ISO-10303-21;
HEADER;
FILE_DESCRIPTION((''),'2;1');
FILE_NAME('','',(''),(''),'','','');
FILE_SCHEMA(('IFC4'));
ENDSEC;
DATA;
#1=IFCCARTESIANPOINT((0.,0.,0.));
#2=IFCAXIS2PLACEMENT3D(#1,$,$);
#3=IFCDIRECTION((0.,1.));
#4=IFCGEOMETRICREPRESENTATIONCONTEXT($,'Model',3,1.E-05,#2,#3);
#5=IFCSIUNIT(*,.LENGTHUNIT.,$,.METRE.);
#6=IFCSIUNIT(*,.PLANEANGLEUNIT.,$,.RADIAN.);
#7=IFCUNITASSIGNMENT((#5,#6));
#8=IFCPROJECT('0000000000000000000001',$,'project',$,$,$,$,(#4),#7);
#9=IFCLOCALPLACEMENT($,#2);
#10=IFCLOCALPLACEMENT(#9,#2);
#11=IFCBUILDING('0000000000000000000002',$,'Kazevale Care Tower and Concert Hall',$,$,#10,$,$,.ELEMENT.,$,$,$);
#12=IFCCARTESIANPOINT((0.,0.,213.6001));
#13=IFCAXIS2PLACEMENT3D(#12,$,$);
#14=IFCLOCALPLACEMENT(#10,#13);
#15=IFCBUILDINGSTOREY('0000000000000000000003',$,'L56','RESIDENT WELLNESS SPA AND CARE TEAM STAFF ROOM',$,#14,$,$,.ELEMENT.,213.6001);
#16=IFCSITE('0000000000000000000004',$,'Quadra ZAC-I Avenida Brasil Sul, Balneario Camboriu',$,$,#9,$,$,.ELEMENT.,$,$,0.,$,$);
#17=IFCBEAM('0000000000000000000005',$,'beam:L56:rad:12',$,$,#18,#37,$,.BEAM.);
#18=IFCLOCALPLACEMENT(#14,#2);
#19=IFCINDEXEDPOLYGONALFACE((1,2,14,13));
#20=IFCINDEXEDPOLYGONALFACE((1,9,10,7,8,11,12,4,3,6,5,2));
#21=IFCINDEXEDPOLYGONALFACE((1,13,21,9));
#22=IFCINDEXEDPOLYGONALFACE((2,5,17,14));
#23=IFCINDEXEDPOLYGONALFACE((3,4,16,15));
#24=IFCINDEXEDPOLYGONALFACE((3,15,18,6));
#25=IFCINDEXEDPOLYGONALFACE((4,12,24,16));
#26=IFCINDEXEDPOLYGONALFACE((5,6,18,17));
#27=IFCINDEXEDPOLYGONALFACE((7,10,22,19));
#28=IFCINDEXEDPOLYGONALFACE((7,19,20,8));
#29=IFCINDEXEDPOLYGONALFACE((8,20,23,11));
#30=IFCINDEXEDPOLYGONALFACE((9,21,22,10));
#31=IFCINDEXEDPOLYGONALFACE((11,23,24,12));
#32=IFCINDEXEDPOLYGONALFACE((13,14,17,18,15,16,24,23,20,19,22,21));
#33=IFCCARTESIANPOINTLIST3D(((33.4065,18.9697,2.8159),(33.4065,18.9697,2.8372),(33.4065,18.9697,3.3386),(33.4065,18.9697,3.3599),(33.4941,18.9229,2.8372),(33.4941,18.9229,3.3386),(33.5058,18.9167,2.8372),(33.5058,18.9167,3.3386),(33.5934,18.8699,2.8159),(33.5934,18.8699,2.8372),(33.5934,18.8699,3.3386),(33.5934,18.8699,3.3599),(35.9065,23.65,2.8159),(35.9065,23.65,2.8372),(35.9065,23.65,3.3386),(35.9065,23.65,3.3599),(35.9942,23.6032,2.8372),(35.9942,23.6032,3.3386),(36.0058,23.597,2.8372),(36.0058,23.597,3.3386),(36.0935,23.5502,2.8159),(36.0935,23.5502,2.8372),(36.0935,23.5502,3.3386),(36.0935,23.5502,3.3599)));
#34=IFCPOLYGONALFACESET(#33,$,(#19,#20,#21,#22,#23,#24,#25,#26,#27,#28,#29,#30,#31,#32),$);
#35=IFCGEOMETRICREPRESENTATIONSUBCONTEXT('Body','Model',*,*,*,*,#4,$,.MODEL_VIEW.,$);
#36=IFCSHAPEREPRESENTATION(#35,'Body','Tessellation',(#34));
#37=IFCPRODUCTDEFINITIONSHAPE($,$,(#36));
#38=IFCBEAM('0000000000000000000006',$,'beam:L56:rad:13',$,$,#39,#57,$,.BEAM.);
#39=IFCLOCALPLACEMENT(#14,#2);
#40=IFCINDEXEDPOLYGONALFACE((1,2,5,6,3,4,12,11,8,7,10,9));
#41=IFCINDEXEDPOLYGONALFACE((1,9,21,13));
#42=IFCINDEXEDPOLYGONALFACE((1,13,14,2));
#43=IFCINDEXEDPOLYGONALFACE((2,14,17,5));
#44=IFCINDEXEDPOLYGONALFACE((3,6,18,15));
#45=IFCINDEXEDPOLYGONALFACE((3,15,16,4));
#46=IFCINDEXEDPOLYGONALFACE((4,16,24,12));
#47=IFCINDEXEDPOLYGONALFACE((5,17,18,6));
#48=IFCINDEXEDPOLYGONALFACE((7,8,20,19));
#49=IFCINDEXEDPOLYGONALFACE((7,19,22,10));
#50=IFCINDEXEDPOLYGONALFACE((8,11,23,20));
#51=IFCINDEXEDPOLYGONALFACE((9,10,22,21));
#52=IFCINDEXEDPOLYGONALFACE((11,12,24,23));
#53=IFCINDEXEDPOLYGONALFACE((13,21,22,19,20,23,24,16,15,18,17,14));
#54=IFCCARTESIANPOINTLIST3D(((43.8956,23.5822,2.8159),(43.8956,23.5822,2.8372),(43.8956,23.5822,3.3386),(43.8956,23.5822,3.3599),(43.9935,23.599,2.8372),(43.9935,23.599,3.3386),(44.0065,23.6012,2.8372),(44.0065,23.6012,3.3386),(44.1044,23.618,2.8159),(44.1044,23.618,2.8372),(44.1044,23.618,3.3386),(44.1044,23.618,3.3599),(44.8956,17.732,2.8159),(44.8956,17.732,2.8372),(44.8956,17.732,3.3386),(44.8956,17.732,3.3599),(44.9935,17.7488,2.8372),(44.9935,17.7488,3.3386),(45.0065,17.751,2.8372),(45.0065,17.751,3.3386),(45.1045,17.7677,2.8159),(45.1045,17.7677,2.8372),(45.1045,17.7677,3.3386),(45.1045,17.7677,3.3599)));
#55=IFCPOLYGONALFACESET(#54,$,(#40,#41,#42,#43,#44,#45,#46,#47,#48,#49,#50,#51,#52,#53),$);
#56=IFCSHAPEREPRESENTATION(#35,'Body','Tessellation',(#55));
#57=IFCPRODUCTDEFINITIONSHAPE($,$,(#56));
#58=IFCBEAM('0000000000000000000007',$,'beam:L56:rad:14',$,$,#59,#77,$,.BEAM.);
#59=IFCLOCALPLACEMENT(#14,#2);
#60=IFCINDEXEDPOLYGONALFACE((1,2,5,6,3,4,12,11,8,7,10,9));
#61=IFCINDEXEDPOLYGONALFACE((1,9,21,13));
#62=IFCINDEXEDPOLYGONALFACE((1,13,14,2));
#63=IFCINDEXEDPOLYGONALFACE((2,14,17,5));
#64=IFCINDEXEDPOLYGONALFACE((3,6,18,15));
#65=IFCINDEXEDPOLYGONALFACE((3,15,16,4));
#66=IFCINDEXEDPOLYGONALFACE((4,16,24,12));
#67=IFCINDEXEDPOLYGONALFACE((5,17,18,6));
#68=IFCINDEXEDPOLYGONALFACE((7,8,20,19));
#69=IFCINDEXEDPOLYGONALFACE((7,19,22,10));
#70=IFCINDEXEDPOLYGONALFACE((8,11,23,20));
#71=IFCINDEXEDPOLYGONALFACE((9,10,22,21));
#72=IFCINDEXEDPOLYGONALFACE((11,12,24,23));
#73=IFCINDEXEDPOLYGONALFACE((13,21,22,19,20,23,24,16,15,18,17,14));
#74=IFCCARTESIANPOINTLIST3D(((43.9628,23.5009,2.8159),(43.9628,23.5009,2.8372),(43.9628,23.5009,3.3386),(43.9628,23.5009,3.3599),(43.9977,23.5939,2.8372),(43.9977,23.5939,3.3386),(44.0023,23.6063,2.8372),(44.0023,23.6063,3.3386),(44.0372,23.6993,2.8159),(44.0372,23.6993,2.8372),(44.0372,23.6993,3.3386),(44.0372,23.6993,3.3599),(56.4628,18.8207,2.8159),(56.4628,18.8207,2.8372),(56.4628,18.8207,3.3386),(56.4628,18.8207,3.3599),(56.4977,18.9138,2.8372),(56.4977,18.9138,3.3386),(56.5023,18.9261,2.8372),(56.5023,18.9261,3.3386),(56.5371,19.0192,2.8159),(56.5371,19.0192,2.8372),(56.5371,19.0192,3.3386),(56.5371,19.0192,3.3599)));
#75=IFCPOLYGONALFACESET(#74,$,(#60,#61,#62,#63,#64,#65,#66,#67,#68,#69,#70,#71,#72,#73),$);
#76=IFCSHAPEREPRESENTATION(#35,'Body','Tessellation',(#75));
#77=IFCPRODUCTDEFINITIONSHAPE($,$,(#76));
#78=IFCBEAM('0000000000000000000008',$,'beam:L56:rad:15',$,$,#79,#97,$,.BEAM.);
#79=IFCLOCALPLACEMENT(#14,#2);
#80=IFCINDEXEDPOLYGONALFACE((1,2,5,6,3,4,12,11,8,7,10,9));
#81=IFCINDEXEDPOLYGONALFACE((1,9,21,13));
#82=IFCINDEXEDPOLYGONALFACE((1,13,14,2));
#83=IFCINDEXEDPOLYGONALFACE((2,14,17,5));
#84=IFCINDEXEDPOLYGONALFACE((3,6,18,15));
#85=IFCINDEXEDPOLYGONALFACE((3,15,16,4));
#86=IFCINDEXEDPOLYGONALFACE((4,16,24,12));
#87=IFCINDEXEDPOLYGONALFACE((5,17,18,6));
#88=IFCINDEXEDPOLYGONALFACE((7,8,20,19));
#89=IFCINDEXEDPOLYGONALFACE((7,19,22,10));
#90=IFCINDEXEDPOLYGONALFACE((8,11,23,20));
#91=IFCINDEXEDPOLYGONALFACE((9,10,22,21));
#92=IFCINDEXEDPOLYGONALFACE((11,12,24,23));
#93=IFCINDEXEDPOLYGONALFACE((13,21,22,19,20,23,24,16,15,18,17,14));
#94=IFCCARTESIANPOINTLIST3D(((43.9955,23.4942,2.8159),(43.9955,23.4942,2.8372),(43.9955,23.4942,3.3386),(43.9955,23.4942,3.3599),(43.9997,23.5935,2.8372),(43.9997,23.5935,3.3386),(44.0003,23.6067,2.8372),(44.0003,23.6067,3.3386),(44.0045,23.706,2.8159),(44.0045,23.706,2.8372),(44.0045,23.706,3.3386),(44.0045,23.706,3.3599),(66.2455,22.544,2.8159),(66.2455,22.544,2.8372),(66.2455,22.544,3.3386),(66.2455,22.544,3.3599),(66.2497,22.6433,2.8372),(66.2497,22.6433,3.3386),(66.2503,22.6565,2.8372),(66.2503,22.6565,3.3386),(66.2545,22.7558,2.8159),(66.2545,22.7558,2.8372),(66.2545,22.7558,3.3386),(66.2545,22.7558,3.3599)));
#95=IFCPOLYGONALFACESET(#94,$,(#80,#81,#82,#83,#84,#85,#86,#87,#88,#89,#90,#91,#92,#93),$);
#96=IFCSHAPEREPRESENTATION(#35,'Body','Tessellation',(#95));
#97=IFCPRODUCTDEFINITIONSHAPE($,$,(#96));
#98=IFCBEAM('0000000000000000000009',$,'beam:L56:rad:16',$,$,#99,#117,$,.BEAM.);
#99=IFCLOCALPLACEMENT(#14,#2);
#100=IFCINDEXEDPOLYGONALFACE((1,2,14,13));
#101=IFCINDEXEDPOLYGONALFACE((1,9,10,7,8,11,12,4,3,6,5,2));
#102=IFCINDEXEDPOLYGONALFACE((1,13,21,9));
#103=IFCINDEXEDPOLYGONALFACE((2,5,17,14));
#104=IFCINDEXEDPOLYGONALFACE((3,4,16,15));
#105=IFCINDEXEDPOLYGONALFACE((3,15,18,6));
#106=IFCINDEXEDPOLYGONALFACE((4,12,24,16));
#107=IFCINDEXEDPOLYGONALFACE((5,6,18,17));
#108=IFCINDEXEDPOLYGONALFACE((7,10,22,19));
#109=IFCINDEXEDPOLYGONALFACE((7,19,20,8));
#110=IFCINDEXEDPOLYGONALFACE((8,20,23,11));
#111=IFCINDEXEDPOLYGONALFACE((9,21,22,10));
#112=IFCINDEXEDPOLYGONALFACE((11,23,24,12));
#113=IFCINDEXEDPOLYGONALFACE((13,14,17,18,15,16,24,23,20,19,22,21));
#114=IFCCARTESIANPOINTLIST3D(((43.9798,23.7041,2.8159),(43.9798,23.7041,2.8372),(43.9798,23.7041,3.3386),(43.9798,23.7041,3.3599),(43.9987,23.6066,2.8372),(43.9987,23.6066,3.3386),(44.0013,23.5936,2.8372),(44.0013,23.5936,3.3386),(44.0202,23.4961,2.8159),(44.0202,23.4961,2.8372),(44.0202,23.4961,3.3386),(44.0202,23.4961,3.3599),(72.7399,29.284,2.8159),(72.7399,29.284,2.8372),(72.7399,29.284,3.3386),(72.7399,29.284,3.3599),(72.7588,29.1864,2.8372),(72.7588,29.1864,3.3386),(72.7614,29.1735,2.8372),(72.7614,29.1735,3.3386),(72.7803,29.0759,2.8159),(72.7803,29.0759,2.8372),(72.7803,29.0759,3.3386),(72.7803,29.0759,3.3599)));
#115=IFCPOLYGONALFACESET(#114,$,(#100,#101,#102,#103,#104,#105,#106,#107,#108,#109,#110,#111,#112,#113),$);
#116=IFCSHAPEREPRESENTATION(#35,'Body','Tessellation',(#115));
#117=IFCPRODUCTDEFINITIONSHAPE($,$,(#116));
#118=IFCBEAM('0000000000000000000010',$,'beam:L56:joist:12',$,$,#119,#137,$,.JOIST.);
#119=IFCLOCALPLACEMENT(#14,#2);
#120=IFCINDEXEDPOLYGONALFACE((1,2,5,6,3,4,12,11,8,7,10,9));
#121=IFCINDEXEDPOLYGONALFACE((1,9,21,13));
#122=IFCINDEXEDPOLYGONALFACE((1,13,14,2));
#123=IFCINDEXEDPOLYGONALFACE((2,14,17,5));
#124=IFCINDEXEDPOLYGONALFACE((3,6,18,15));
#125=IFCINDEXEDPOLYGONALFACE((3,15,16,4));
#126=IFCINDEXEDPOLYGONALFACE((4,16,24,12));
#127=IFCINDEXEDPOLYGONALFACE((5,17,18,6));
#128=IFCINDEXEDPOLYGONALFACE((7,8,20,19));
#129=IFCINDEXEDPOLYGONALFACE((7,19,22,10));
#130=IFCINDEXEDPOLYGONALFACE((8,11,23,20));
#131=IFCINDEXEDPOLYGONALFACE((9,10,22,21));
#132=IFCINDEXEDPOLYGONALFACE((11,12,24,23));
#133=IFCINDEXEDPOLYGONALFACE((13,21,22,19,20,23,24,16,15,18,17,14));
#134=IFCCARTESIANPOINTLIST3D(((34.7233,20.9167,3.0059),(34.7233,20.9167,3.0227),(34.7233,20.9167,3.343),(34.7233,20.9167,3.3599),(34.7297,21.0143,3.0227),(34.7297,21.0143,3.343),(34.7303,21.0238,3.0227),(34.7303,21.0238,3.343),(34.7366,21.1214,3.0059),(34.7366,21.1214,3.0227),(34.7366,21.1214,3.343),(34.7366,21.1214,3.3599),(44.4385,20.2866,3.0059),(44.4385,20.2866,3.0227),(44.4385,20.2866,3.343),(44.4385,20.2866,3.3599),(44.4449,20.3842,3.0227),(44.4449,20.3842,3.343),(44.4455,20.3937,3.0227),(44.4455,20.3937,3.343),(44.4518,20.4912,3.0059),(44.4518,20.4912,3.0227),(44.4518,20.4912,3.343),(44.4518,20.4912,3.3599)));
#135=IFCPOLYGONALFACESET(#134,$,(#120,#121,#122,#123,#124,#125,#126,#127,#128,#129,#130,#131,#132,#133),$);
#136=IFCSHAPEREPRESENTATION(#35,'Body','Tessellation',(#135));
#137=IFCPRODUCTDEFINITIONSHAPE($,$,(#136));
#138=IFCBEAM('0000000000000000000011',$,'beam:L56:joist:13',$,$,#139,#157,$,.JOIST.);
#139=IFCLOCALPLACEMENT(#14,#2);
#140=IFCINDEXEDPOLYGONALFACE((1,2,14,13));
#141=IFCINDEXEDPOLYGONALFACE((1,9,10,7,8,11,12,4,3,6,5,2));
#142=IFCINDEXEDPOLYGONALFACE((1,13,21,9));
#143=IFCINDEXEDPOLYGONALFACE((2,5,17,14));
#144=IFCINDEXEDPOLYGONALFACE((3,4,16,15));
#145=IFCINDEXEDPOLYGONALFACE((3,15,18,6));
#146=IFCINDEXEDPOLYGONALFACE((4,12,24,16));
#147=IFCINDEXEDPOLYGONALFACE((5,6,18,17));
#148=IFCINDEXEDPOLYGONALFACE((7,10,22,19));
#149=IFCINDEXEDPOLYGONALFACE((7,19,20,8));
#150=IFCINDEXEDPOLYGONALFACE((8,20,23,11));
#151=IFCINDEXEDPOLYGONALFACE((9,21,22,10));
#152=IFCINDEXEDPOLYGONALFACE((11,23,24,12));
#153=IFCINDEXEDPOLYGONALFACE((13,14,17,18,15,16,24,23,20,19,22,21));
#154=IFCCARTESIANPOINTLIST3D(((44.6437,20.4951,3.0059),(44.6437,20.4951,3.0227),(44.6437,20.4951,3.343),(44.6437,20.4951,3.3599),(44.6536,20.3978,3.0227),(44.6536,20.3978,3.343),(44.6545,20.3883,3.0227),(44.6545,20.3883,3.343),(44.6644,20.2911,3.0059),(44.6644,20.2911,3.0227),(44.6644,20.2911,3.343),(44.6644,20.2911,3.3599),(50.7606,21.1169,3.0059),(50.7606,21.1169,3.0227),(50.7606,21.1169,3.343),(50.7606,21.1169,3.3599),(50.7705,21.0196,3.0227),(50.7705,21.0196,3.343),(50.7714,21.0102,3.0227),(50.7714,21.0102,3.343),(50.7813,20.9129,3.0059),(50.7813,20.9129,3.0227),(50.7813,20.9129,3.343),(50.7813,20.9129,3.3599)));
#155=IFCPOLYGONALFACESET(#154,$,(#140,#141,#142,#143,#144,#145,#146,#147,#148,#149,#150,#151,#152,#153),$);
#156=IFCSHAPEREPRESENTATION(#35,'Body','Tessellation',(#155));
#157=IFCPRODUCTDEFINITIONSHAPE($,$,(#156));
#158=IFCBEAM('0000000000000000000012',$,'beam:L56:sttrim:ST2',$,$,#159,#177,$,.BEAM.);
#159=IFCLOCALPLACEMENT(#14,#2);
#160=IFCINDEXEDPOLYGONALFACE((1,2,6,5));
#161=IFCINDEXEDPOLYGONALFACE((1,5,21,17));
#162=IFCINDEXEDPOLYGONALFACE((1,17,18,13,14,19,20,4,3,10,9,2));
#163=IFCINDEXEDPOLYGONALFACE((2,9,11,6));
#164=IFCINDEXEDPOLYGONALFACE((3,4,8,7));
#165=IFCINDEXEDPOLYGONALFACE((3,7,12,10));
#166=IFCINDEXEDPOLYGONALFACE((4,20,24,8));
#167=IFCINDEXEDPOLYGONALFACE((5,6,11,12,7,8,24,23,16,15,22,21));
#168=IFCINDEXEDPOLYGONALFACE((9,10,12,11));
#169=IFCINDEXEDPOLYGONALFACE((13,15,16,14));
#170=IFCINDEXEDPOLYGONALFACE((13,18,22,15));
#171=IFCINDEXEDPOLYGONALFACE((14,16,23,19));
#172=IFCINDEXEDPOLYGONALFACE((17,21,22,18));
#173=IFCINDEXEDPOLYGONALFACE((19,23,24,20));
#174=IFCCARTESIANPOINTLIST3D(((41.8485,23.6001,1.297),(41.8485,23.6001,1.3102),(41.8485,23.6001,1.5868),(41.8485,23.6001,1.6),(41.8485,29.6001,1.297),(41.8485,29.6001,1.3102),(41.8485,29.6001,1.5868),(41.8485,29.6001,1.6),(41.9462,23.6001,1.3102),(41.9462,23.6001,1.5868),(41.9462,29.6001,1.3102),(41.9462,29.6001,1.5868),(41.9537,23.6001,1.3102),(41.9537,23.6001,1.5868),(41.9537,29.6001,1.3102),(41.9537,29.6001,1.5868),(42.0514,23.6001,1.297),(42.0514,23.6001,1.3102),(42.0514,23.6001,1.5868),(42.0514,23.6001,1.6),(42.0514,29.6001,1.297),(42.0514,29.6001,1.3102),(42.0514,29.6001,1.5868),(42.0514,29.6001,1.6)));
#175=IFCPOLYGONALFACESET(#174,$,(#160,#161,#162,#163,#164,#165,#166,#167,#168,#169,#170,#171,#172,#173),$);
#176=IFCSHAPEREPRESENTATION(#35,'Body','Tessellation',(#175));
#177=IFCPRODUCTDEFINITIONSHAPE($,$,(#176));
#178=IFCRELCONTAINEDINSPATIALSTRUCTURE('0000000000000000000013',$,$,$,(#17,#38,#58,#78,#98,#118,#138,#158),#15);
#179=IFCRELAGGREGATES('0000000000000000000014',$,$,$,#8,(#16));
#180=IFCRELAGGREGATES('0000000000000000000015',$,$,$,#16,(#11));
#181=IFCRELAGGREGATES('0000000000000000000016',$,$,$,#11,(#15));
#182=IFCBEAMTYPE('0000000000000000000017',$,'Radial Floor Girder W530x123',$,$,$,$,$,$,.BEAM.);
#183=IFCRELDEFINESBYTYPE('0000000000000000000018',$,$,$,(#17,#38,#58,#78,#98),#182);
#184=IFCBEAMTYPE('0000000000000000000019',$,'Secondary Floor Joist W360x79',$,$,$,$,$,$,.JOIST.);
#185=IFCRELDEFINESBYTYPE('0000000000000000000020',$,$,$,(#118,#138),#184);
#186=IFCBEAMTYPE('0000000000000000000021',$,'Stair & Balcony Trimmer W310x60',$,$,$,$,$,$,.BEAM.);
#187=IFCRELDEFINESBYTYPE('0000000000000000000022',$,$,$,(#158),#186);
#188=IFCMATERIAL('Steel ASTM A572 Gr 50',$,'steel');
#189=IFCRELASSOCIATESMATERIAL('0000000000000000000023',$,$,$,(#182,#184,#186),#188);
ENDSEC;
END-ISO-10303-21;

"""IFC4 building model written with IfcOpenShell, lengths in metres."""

from ifc_helpers import new_model, si_unit, direction, frame, origin, origin_2d, place, context, subcontext, project, spatial, i_section, extrude, material, material_profile, profile_set, type_object, element, save


model = new_model("IFC4")

# Units and contexts
model_context = context("Model", 3, precision=1e-05, world=origin(), true_north=direction((0.0, 1.0)))
body_context = subcontext(model_context, "Body", "Model", "MODEL_VIEW")
ifc_project = project(units=[si_unit("LENGTHUNIT", "METRE"), si_unit("PLANEANGLEUNIT", "RADIAN")], contexts=[model_context])

# Site, building, storey
site_placement = place(None, origin())
site = spatial("IfcSite", under=ifc_project, at=site_placement, Name="Quadra ZAC-I Avenida Brasil Sul, Balneario Camboriu", CompositionType="ELEMENT", RefElevation=0.0)
building_placement = place(site_placement, origin())
building = spatial("IfcBuilding", under=site, at=building_placement, Name="Kazevale Care Tower and Concert Hall", CompositionType="ELEMENT")
storey_placement = place(building_placement, frame((0.0, 0.0, 213.6001)))
storey = spatial("IfcBuildingStorey", under=building, at=storey_placement, Name="L56", Description="RESIDENT WELLNESS SPA AND CARE TEAM STAFF ROOM", CompositionType="ELEMENT", Elevation=213.6001)

# Beams
ifc_material_1 = material(Name="Steel ASTM A572 Gr 50", Category="steel")
ifc_material_profile_1 = material_profile(ifc_material_1, i_section(OverallWidth=0.2119, OverallDepth=0.5439, WebThickness=0.0132, FlangeThickness=0.0212, at=origin_2d()), Name="W530x123")
ifc_profile_set_1 = profile_set([ifc_material_profile_1], Name="Steel ASTM A572 Gr 50")
beam_type_1 = type_object("IfcBeamType", Name="Radial Floor Girder W530x123", PredefinedType="BEAM", material=ifc_profile_set_1)
beam_1_placement = place(storey_placement, frame((36.0, 23.6001, 3.0879), z_axis=(-0.471161, -0.882047, 0.0), x_axis=(0.882047, -0.471161, 0.0)))
element("IfcBeam", 1, at=beam_1_placement, inside=storey, type_object=beam_type_1, Name="beam:L56:rad:12", PredefinedType="BEAM", context=body_context, shape_type="SweptSolid", body=[
    extrude(i_section(OverallWidth=0.2119, OverallDepth=0.5439, WebThickness=0.0132, FlangeThickness=0.0212, at=origin_2d()), origin(), (0.0, 0.0, 1.0), 5.3062),
])
beam_2_placement = place(storey_placement, frame((44.0, 23.6001, 3.0879), z_axis=(0.168493, -0.985703, 0.0), x_axis=(0.985703, 0.168493, 0.0)))
element("IfcBeam", 2, at=beam_2_placement, inside=storey, type_object=beam_type_1, Name="beam:L56:rad:13", PredefinedType="BEAM", context=body_context, shape_type="SweptSolid", body=[
    extrude(i_section(OverallWidth=0.2119, OverallDepth=0.5439, WebThickness=0.0132, FlangeThickness=0.0212, at=origin_2d()), origin(), (0.0, 0.0, 1.0), 5.9351),
])
beam_3_placement = place(storey_placement, frame((44.0, 23.6001, 3.0879), z_axis=(0.936509, -0.350642, 0.0), x_axis=(0.350642, 0.936509, 0.0)))
element("IfcBeam", 3, at=beam_3_placement, inside=storey, type_object=beam_type_1, Name="beam:L56:rad:14", PredefinedType="BEAM", context=body_context, shape_type="SweptSolid", body=[
    extrude(i_section(OverallWidth=0.2119, OverallDepth=0.5439, WebThickness=0.0132, FlangeThickness=0.0212, at=origin_2d()), origin(), (0.0, 0.0, 1.0), 13.3474),
])
beam_4_placement = place(storey_placement, frame((44.0, 23.6001, 3.0879), z_axis=(0.999089, -0.042667, 0.0), x_axis=(0.042667, 0.999089, 0.0)))
element("IfcBeam", 4, at=beam_4_placement, inside=storey, type_object=beam_type_1, Name="beam:L56:rad:15", PredefinedType="BEAM", context=body_context, shape_type="SweptSolid", body=[
    extrude(i_section(OverallWidth=0.2119, OverallDepth=0.5439, WebThickness=0.0132, FlangeThickness=0.0212, at=origin_2d()), origin(), (0.0, 0.0, 1.0), 22.2703),
])
beam_5_placement = place(storey_placement, frame((44.0, 23.6001, 3.0879), z_axis=(0.981695, 0.190462, 0.0), x_axis=(-0.190462, 0.981695, 0.0)))
element("IfcBeam", 5, at=beam_5_placement, inside=storey, type_object=beam_type_1, Name="beam:L56:rad:16", PredefinedType="BEAM", context=body_context, shape_type="SweptSolid", body=[
    extrude(i_section(OverallWidth=0.2119, OverallDepth=0.5439, WebThickness=0.0132, FlangeThickness=0.0212, at=origin_2d()), origin(), (0.0, 0.0, 1.0), 29.2964),
])
ifc_material_profile_2 = material_profile(ifc_material_1, i_section(OverallWidth=0.2051, OverallDepth=0.354, WebThickness=0.0095, FlangeThickness=0.0168, at=origin_2d()), Name="W360x79")
ifc_profile_set_2 = profile_set([ifc_material_profile_2], Name="Steel ASTM A572 Gr 50")
beam_type_2 = type_object("IfcBeamType", Name="Secondary Floor Joist W360x79", PredefinedType="JOIST", material=ifc_profile_set_2)
beam_6_placement = place(storey_placement, frame((34.73, 21.019, 3.1829), z_axis=(0.997903, -0.064725, 0.0), x_axis=(0.064725, 0.997903, 0.0)))
element("IfcBeam", 6, at=beam_6_placement, inside=storey, type_object=beam_type_2, Name="beam:L56:joist:12", PredefinedType="JOIST", context=body_context, shape_type="SweptSolid", body=[
    extrude(i_section(OverallWidth=0.2051, OverallDepth=0.354, WebThickness=0.0095, FlangeThickness=0.0168, at=origin_2d()), origin(), (0.0, 0.0, 1.0), 9.7356),
])
beam_7_placement = place(storey_placement, frame((44.6541, 20.3931, 3.1829), z_axis=(0.994873, 0.101135, 0.0), x_axis=(-0.101135, 0.994873, 0.0)))
element("IfcBeam", 7, at=beam_7_placement, inside=storey, type_object=beam_type_2, Name="beam:L56:joist:13", PredefinedType="JOIST", context=body_context, shape_type="SweptSolid", body=[
    extrude(i_section(OverallWidth=0.2051, OverallDepth=0.354, WebThickness=0.0095, FlangeThickness=0.0168, at=origin_2d()), origin(), (0.0, 0.0, 1.0), 6.1484),
])
ifc_material_profile_3 = material_profile(ifc_material_1, i_section(OverallWidth=0.2029, OverallDepth=0.303, WebThickness=0.0076, FlangeThickness=0.0132, at=origin_2d()), Name="W310x60")
ifc_profile_set_3 = profile_set([ifc_material_profile_3], Name="Steel ASTM A572 Gr 50")
beam_type_3 = type_object("IfcBeamType", Name="Stair & Balcony Trimmer W310x60", PredefinedType="BEAM", material=ifc_profile_set_3)
for number, where, z_axis, x_axis, name in (
    (8, (41.95, 23.6001, 1.4485), (0.0, 1.0, 0.0), (-1.0, 0.0, 0.0), "beam:L56:sttrim:ST2"),
):
    element("IfcBeam", number, at=place(storey_placement, frame(where, z_axis=z_axis, x_axis=x_axis)), inside=storey, type_object=beam_type_3, Name=name, PredefinedType="BEAM", context=body_context, shape_type="SweptSolid", body=[
        extrude(i_section(OverallWidth=0.2029, OverallDepth=0.303, WebThickness=0.0076, FlangeThickness=0.0132, at=origin_2d()), origin(), (0.0, 0.0, 1.0), 6.0),
    ])

save(model, "model.ifc")
